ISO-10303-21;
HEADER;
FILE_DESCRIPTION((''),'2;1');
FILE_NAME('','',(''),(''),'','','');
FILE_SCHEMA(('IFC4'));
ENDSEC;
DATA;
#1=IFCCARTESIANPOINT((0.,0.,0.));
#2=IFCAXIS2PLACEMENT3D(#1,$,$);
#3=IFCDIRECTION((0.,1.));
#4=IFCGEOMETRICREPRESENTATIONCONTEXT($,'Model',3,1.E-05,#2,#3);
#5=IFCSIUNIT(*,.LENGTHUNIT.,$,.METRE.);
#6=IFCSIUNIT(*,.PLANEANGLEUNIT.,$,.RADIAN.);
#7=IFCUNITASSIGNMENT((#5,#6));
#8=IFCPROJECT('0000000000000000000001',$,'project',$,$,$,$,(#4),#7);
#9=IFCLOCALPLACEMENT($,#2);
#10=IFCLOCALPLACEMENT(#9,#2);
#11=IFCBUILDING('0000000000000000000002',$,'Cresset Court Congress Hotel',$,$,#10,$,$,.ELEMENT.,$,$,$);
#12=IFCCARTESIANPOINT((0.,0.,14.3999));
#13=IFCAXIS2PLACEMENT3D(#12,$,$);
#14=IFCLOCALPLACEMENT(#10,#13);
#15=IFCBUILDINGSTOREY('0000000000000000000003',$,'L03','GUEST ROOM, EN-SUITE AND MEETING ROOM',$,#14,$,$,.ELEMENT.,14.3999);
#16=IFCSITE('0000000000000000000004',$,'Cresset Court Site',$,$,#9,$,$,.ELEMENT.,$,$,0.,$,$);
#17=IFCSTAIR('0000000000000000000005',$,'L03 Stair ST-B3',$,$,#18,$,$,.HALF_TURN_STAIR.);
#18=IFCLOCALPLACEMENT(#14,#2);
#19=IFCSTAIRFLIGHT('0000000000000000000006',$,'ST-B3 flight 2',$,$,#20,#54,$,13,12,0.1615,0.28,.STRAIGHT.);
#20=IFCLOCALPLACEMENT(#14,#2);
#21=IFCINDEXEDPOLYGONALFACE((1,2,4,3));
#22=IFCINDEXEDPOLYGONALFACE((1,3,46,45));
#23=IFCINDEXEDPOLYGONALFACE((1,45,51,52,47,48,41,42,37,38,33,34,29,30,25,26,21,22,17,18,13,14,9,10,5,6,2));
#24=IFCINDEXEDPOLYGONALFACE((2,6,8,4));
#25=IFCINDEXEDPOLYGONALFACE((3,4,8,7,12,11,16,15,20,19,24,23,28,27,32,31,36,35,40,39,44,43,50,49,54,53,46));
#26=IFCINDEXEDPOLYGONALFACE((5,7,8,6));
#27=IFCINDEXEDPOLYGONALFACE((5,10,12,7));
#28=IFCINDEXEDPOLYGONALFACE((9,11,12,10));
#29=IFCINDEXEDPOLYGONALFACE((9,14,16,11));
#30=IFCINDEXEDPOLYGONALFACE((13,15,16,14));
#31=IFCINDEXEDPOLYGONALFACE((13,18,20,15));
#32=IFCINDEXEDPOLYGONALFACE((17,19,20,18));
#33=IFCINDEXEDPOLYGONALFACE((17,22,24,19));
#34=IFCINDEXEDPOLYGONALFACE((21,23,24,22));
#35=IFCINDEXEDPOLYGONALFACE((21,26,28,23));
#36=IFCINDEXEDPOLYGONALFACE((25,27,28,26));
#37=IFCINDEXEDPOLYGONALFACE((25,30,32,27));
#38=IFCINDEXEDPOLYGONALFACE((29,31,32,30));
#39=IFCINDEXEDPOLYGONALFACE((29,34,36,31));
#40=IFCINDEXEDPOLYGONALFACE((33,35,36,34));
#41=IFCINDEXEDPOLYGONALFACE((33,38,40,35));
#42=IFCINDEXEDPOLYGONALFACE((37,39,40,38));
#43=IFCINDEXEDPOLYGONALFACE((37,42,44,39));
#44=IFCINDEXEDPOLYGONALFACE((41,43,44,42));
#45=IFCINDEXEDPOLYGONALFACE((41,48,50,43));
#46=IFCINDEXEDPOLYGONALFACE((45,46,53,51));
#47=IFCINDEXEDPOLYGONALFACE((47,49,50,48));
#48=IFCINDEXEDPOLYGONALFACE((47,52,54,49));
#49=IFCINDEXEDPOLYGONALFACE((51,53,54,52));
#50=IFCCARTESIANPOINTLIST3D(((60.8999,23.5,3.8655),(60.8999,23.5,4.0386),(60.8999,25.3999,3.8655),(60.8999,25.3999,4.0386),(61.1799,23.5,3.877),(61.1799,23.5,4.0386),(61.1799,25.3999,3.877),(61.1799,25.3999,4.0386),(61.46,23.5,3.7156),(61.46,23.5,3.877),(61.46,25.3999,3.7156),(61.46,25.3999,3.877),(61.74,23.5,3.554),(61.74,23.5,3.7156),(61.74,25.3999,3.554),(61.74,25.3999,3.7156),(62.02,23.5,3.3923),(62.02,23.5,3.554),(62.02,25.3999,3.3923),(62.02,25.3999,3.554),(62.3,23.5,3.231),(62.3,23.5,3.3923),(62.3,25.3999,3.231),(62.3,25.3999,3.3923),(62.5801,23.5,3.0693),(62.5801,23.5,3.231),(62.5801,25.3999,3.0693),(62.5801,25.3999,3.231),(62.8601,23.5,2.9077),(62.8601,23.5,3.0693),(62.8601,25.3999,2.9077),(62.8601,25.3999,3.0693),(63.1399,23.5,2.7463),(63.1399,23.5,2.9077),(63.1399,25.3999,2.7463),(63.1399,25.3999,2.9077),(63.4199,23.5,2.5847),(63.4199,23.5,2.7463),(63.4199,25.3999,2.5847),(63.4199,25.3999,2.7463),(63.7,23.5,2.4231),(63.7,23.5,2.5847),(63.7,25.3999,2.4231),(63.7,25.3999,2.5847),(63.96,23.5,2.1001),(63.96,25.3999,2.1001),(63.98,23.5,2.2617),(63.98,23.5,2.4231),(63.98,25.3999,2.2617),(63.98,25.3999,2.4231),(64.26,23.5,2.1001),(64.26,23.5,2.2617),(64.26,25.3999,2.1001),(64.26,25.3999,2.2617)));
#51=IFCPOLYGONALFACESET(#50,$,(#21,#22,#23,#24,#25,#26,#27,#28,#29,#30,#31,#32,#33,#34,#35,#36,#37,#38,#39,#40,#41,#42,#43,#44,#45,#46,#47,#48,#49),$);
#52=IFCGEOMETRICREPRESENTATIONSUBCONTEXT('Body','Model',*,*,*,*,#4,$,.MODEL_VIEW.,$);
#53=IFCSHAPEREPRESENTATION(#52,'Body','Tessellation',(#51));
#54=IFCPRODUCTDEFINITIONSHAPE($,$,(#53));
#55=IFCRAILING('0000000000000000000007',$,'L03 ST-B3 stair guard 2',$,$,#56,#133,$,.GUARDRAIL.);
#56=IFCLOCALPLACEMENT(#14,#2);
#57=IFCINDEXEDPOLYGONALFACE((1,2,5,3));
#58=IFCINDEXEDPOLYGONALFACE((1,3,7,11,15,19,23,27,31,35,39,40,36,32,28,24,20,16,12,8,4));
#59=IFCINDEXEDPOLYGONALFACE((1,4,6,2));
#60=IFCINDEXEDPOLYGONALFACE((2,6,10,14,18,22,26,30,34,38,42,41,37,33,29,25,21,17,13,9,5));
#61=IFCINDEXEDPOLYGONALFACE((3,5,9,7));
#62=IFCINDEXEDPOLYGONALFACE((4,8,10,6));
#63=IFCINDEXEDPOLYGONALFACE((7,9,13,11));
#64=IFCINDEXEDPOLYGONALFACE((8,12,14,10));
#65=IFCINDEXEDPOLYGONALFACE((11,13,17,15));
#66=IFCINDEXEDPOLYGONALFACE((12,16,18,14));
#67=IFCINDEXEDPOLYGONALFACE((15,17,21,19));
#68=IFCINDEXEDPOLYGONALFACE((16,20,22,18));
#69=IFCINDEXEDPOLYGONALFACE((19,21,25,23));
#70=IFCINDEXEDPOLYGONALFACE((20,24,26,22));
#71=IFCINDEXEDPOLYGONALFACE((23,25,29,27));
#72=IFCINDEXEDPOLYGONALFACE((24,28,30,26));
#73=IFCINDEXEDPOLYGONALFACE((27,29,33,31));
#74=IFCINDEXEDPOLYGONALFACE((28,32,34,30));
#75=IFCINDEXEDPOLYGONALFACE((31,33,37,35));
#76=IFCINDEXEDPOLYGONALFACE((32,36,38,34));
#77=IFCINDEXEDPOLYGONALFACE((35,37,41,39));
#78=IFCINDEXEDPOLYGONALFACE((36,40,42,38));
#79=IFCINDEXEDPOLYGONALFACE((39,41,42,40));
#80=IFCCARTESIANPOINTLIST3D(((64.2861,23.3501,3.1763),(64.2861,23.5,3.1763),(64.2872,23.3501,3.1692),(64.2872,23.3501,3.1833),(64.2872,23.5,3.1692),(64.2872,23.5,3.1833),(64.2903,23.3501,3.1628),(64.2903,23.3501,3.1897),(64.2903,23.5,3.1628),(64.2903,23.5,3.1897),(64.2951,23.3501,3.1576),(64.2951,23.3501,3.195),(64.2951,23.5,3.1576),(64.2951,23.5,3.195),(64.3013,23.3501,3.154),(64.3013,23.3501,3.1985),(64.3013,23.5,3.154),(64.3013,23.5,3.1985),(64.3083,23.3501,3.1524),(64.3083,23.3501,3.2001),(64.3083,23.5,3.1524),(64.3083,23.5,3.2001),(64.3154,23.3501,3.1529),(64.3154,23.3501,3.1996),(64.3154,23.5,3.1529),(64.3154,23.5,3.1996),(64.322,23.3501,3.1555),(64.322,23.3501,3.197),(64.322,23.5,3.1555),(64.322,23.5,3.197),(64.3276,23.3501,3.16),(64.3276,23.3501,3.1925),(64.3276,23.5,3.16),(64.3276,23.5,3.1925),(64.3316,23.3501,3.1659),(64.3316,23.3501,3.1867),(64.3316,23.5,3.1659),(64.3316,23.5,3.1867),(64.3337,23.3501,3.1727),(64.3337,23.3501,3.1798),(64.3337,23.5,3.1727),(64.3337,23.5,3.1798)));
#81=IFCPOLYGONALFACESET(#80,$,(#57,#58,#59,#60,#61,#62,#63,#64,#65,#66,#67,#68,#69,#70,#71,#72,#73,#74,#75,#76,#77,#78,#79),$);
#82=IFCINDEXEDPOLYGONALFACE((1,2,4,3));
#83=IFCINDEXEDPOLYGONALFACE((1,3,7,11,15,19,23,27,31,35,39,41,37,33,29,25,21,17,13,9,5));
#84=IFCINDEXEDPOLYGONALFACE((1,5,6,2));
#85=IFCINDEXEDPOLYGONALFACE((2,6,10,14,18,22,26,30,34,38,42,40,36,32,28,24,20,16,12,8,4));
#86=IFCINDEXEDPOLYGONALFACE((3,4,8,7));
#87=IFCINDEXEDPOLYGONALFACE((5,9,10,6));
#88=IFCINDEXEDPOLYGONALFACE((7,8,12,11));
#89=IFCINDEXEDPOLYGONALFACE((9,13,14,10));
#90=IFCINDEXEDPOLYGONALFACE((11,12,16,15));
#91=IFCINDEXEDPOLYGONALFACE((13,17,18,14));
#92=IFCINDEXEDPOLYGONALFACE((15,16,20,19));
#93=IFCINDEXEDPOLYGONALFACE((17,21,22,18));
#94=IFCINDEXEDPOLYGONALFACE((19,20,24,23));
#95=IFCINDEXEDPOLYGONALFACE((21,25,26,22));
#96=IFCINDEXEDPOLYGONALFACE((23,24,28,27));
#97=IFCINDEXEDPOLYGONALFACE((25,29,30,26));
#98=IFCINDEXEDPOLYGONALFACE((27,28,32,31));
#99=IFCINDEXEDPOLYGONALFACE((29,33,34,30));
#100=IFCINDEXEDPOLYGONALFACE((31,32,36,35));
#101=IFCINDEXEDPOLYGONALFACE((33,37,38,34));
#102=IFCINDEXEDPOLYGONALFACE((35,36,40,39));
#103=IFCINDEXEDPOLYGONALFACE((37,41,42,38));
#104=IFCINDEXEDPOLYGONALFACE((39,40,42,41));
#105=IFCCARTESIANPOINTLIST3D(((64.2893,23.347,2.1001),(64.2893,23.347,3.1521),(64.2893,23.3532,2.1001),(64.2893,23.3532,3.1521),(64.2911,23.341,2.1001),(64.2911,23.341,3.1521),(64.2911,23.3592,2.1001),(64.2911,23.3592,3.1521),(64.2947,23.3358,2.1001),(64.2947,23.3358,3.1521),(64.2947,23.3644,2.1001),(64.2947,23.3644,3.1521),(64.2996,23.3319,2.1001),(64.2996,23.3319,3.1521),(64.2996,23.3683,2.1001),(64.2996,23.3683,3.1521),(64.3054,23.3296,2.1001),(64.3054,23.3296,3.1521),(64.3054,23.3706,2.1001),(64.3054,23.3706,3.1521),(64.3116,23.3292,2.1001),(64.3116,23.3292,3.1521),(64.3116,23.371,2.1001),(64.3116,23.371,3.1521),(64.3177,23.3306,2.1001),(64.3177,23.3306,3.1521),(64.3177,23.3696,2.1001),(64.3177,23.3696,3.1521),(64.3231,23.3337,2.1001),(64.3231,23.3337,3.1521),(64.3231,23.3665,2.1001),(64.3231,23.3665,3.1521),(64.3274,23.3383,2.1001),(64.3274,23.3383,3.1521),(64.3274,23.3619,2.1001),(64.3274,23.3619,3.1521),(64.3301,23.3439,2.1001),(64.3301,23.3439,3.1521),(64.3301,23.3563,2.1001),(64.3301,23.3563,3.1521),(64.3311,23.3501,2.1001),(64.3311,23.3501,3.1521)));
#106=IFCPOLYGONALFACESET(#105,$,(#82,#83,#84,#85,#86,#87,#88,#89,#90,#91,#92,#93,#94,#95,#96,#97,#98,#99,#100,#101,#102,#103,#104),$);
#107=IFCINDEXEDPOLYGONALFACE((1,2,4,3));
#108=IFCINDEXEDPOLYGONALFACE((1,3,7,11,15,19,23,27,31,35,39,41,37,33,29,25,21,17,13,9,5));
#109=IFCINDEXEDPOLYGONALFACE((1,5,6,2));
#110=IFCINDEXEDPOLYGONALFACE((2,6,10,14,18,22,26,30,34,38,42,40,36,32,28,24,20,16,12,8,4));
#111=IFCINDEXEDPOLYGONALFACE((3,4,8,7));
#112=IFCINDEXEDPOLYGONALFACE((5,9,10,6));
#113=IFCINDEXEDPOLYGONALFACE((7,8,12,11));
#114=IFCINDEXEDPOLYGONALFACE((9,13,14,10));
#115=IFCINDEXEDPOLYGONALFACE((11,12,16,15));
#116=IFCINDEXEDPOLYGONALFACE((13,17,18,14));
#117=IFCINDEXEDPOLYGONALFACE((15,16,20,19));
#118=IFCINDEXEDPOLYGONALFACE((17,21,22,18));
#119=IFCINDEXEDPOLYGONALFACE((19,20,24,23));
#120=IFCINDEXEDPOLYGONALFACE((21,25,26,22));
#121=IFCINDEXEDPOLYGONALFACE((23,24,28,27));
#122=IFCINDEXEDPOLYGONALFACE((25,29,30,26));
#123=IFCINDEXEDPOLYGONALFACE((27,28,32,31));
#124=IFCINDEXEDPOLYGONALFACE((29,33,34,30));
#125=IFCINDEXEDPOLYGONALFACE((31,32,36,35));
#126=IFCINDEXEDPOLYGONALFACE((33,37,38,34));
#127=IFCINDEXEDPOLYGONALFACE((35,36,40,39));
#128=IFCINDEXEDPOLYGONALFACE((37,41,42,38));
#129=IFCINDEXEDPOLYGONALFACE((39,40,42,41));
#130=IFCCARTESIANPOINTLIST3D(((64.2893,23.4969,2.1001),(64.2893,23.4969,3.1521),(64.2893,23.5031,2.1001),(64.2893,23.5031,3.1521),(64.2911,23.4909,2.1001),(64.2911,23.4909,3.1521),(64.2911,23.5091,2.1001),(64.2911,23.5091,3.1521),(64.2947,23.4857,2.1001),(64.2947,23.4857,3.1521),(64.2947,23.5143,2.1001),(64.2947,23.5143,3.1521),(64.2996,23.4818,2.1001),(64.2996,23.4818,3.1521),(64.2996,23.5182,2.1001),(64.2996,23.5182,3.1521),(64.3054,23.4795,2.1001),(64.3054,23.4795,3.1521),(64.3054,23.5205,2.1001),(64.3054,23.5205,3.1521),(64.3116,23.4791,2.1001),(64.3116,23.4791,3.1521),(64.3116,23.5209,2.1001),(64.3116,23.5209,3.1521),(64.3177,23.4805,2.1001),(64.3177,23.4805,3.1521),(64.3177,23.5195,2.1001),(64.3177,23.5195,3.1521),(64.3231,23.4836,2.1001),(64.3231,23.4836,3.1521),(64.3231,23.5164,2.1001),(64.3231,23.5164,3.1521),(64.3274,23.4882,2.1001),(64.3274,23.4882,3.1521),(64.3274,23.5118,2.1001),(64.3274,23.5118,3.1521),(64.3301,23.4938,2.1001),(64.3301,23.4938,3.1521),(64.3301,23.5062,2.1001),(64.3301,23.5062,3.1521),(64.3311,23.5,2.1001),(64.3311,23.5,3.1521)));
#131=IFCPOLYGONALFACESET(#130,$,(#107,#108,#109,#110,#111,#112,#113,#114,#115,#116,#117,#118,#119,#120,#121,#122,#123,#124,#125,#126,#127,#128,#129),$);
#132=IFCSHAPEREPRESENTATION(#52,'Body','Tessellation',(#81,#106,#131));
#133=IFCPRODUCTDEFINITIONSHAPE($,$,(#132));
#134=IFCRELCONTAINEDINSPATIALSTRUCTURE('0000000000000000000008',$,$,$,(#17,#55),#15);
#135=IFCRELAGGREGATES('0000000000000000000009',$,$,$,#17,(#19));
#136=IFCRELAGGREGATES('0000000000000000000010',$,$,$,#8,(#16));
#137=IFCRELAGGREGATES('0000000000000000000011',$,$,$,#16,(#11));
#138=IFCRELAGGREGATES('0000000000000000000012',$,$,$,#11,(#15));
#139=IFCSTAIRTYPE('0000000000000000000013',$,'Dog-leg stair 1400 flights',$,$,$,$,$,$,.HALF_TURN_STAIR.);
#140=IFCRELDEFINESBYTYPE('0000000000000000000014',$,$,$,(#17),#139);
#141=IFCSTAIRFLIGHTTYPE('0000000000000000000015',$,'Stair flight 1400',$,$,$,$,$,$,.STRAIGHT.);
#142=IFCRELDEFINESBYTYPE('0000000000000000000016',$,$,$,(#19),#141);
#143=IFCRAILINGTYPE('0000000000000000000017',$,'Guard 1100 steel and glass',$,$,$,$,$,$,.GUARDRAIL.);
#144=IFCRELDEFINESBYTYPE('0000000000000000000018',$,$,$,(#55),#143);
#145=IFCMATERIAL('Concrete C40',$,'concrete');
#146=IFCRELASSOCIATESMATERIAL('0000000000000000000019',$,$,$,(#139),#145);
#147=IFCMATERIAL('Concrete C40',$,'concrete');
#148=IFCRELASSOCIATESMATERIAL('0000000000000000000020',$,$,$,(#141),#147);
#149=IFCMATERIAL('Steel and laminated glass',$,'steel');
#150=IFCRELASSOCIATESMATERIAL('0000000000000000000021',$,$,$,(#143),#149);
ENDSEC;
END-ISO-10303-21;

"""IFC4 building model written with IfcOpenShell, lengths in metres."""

from ifc_helpers import new_model, si_unit, direction, frame, origin, origin_2d, place, context, subcontext, project, spatial, polyline, circle, outline, extrude, material, type_object, element, aggregate, save


model = new_model("IFC4")

# Units and contexts
model_context = context("Model", 3, precision=1e-05, world=origin(), true_north=direction((0.0, 1.0)))
body_context = subcontext(model_context, "Body", "Model", "MODEL_VIEW")
ifc_project = project(units=[si_unit("LENGTHUNIT", "METRE"), si_unit("PLANEANGLEUNIT", "RADIAN")], contexts=[model_context])

# Site, building, storey
site_placement = place(None, origin())
site = spatial("IfcSite", under=ifc_project, at=site_placement, Name="Cresset Court Site", CompositionType="ELEMENT", RefElevation=0.0)
building_placement = place(site_placement, origin())
building = spatial("IfcBuilding", under=site, at=building_placement, Name="Cresset Court Congress Hotel", CompositionType="ELEMENT")
storey_placement = place(building_placement, frame((0.0, 0.0, 14.3999)))
storey = spatial("IfcBuildingStorey", under=building, at=storey_placement, Name="L03", Description="GUEST ROOM, EN-SUITE AND MEETING ROOM", CompositionType="ELEMENT", Elevation=14.3999)

# Stair, stair flight
ifc_material_1 = material(Name="Concrete C40", Category="concrete")
stair_type = type_object("IfcStairType", Name="Dog-leg stair 1400 flights", PredefinedType="HALF_TURN_STAIR", material=ifc_material_1)
stair_placement = place(storey_placement, origin())
stair = element("IfcStair", 1, at=stair_placement, inside=storey, type_object=stair_type, Name="L03 Stair ST-B3", PredefinedType="HALF_TURN_STAIR")
ifc_material_2 = material(Name="Concrete C40", Category="concrete")
stair_flight_type = type_object("IfcStairFlightType", Name="Stair flight 1400", PredefinedType="STRAIGHT", material=ifc_material_2)
stair_flight_placement = place(storey_placement, frame((64.26, 24.45, 2.1001), z_axis=(0.0, 0.0, 1.0), x_axis=(-1.0, 0.0, 0.0)))
stair_flight = element("IfcStairFlight", 2, at=stair_flight_placement, type_object=stair_flight_type, Name="ST-B3 flight 2", NumberOfRisers=13, NumberOfTreads=12, PredefinedType="STRAIGHT", RiserHeight=0.1615, TreadLength=0.28, context=body_context, shape_type="SweptSolid", body=[
    extrude(outline(polyline([(0.0, 0.0), (0.0, 0.1616), (0.28, 0.1616), (0.28, 0.323), (0.5601, 0.323), (0.5601, 0.4846), (0.8401, 0.4846), (0.8401, 0.6462), (1.1201, 0.6462), (1.1201, 0.8076), (1.3999, 0.8076), (1.3999, 0.9692), (1.6799, 0.9692), (1.6799, 1.1309), (1.96, 1.1309), (1.96, 1.2922), (2.24, 1.2922), (2.24, 1.4539), (2.52, 1.4539), (2.52, 1.6155), (2.8, 1.6155), (2.8, 1.7769), (3.0801, 1.7769), (3.0801, 1.9385), (3.3601, 1.9385), (3.3601, 2.1001), (3.3601, 1.7654), (0.3, 0.0), (0.0, 0.0)])), frame((0.0, 0.95, 0.0), z_axis=(0.0, -1.0, 0.0), x_axis=(1.0, 0.0, 0.0)), (0.0, 0.0, 1.0), 1.8999),
])
aggregate(stair, [stair_flight])

# Railing
ifc_material_3 = material(Name="Steel and laminated glass", Category="steel")
railing_type_1 = type_object("IfcRailingType", Name="Guard 1100 steel and glass", PredefinedType="GUARDRAIL", material=ifc_material_3)
railing_1_placement = place(storey_placement, frame((64.3101, 23.3501, 2.1001)))
element("IfcRailing", 3, at=railing_1_placement, inside=storey, type_object=railing_type_1, Name="L03 ST-B3 stair guard 2", PredefinedType="GUARDRAIL", context=body_context, shape_type="SweptSolid", body=[
    extrude(circle(Radius=0.0239, at=origin_2d()), frame((0.0, 0.0, 1.0762), z_axis=(0.0, 1.0, 0.0), x_axis=(-1.0, 0.0, 0.0)), (0.0, 0.0, 1.0), 0.1499),
    extrude(circle(Radius=0.021, at=origin_2d()), origin(), (0.0, 0.0, 1.0), 1.052),
    extrude(circle(Radius=0.021, at=origin_2d()), frame((0.0, 0.1499, 0.0)), (0.0, 0.0, 1.0), 1.052),
])

save(model, "model.ifc")
